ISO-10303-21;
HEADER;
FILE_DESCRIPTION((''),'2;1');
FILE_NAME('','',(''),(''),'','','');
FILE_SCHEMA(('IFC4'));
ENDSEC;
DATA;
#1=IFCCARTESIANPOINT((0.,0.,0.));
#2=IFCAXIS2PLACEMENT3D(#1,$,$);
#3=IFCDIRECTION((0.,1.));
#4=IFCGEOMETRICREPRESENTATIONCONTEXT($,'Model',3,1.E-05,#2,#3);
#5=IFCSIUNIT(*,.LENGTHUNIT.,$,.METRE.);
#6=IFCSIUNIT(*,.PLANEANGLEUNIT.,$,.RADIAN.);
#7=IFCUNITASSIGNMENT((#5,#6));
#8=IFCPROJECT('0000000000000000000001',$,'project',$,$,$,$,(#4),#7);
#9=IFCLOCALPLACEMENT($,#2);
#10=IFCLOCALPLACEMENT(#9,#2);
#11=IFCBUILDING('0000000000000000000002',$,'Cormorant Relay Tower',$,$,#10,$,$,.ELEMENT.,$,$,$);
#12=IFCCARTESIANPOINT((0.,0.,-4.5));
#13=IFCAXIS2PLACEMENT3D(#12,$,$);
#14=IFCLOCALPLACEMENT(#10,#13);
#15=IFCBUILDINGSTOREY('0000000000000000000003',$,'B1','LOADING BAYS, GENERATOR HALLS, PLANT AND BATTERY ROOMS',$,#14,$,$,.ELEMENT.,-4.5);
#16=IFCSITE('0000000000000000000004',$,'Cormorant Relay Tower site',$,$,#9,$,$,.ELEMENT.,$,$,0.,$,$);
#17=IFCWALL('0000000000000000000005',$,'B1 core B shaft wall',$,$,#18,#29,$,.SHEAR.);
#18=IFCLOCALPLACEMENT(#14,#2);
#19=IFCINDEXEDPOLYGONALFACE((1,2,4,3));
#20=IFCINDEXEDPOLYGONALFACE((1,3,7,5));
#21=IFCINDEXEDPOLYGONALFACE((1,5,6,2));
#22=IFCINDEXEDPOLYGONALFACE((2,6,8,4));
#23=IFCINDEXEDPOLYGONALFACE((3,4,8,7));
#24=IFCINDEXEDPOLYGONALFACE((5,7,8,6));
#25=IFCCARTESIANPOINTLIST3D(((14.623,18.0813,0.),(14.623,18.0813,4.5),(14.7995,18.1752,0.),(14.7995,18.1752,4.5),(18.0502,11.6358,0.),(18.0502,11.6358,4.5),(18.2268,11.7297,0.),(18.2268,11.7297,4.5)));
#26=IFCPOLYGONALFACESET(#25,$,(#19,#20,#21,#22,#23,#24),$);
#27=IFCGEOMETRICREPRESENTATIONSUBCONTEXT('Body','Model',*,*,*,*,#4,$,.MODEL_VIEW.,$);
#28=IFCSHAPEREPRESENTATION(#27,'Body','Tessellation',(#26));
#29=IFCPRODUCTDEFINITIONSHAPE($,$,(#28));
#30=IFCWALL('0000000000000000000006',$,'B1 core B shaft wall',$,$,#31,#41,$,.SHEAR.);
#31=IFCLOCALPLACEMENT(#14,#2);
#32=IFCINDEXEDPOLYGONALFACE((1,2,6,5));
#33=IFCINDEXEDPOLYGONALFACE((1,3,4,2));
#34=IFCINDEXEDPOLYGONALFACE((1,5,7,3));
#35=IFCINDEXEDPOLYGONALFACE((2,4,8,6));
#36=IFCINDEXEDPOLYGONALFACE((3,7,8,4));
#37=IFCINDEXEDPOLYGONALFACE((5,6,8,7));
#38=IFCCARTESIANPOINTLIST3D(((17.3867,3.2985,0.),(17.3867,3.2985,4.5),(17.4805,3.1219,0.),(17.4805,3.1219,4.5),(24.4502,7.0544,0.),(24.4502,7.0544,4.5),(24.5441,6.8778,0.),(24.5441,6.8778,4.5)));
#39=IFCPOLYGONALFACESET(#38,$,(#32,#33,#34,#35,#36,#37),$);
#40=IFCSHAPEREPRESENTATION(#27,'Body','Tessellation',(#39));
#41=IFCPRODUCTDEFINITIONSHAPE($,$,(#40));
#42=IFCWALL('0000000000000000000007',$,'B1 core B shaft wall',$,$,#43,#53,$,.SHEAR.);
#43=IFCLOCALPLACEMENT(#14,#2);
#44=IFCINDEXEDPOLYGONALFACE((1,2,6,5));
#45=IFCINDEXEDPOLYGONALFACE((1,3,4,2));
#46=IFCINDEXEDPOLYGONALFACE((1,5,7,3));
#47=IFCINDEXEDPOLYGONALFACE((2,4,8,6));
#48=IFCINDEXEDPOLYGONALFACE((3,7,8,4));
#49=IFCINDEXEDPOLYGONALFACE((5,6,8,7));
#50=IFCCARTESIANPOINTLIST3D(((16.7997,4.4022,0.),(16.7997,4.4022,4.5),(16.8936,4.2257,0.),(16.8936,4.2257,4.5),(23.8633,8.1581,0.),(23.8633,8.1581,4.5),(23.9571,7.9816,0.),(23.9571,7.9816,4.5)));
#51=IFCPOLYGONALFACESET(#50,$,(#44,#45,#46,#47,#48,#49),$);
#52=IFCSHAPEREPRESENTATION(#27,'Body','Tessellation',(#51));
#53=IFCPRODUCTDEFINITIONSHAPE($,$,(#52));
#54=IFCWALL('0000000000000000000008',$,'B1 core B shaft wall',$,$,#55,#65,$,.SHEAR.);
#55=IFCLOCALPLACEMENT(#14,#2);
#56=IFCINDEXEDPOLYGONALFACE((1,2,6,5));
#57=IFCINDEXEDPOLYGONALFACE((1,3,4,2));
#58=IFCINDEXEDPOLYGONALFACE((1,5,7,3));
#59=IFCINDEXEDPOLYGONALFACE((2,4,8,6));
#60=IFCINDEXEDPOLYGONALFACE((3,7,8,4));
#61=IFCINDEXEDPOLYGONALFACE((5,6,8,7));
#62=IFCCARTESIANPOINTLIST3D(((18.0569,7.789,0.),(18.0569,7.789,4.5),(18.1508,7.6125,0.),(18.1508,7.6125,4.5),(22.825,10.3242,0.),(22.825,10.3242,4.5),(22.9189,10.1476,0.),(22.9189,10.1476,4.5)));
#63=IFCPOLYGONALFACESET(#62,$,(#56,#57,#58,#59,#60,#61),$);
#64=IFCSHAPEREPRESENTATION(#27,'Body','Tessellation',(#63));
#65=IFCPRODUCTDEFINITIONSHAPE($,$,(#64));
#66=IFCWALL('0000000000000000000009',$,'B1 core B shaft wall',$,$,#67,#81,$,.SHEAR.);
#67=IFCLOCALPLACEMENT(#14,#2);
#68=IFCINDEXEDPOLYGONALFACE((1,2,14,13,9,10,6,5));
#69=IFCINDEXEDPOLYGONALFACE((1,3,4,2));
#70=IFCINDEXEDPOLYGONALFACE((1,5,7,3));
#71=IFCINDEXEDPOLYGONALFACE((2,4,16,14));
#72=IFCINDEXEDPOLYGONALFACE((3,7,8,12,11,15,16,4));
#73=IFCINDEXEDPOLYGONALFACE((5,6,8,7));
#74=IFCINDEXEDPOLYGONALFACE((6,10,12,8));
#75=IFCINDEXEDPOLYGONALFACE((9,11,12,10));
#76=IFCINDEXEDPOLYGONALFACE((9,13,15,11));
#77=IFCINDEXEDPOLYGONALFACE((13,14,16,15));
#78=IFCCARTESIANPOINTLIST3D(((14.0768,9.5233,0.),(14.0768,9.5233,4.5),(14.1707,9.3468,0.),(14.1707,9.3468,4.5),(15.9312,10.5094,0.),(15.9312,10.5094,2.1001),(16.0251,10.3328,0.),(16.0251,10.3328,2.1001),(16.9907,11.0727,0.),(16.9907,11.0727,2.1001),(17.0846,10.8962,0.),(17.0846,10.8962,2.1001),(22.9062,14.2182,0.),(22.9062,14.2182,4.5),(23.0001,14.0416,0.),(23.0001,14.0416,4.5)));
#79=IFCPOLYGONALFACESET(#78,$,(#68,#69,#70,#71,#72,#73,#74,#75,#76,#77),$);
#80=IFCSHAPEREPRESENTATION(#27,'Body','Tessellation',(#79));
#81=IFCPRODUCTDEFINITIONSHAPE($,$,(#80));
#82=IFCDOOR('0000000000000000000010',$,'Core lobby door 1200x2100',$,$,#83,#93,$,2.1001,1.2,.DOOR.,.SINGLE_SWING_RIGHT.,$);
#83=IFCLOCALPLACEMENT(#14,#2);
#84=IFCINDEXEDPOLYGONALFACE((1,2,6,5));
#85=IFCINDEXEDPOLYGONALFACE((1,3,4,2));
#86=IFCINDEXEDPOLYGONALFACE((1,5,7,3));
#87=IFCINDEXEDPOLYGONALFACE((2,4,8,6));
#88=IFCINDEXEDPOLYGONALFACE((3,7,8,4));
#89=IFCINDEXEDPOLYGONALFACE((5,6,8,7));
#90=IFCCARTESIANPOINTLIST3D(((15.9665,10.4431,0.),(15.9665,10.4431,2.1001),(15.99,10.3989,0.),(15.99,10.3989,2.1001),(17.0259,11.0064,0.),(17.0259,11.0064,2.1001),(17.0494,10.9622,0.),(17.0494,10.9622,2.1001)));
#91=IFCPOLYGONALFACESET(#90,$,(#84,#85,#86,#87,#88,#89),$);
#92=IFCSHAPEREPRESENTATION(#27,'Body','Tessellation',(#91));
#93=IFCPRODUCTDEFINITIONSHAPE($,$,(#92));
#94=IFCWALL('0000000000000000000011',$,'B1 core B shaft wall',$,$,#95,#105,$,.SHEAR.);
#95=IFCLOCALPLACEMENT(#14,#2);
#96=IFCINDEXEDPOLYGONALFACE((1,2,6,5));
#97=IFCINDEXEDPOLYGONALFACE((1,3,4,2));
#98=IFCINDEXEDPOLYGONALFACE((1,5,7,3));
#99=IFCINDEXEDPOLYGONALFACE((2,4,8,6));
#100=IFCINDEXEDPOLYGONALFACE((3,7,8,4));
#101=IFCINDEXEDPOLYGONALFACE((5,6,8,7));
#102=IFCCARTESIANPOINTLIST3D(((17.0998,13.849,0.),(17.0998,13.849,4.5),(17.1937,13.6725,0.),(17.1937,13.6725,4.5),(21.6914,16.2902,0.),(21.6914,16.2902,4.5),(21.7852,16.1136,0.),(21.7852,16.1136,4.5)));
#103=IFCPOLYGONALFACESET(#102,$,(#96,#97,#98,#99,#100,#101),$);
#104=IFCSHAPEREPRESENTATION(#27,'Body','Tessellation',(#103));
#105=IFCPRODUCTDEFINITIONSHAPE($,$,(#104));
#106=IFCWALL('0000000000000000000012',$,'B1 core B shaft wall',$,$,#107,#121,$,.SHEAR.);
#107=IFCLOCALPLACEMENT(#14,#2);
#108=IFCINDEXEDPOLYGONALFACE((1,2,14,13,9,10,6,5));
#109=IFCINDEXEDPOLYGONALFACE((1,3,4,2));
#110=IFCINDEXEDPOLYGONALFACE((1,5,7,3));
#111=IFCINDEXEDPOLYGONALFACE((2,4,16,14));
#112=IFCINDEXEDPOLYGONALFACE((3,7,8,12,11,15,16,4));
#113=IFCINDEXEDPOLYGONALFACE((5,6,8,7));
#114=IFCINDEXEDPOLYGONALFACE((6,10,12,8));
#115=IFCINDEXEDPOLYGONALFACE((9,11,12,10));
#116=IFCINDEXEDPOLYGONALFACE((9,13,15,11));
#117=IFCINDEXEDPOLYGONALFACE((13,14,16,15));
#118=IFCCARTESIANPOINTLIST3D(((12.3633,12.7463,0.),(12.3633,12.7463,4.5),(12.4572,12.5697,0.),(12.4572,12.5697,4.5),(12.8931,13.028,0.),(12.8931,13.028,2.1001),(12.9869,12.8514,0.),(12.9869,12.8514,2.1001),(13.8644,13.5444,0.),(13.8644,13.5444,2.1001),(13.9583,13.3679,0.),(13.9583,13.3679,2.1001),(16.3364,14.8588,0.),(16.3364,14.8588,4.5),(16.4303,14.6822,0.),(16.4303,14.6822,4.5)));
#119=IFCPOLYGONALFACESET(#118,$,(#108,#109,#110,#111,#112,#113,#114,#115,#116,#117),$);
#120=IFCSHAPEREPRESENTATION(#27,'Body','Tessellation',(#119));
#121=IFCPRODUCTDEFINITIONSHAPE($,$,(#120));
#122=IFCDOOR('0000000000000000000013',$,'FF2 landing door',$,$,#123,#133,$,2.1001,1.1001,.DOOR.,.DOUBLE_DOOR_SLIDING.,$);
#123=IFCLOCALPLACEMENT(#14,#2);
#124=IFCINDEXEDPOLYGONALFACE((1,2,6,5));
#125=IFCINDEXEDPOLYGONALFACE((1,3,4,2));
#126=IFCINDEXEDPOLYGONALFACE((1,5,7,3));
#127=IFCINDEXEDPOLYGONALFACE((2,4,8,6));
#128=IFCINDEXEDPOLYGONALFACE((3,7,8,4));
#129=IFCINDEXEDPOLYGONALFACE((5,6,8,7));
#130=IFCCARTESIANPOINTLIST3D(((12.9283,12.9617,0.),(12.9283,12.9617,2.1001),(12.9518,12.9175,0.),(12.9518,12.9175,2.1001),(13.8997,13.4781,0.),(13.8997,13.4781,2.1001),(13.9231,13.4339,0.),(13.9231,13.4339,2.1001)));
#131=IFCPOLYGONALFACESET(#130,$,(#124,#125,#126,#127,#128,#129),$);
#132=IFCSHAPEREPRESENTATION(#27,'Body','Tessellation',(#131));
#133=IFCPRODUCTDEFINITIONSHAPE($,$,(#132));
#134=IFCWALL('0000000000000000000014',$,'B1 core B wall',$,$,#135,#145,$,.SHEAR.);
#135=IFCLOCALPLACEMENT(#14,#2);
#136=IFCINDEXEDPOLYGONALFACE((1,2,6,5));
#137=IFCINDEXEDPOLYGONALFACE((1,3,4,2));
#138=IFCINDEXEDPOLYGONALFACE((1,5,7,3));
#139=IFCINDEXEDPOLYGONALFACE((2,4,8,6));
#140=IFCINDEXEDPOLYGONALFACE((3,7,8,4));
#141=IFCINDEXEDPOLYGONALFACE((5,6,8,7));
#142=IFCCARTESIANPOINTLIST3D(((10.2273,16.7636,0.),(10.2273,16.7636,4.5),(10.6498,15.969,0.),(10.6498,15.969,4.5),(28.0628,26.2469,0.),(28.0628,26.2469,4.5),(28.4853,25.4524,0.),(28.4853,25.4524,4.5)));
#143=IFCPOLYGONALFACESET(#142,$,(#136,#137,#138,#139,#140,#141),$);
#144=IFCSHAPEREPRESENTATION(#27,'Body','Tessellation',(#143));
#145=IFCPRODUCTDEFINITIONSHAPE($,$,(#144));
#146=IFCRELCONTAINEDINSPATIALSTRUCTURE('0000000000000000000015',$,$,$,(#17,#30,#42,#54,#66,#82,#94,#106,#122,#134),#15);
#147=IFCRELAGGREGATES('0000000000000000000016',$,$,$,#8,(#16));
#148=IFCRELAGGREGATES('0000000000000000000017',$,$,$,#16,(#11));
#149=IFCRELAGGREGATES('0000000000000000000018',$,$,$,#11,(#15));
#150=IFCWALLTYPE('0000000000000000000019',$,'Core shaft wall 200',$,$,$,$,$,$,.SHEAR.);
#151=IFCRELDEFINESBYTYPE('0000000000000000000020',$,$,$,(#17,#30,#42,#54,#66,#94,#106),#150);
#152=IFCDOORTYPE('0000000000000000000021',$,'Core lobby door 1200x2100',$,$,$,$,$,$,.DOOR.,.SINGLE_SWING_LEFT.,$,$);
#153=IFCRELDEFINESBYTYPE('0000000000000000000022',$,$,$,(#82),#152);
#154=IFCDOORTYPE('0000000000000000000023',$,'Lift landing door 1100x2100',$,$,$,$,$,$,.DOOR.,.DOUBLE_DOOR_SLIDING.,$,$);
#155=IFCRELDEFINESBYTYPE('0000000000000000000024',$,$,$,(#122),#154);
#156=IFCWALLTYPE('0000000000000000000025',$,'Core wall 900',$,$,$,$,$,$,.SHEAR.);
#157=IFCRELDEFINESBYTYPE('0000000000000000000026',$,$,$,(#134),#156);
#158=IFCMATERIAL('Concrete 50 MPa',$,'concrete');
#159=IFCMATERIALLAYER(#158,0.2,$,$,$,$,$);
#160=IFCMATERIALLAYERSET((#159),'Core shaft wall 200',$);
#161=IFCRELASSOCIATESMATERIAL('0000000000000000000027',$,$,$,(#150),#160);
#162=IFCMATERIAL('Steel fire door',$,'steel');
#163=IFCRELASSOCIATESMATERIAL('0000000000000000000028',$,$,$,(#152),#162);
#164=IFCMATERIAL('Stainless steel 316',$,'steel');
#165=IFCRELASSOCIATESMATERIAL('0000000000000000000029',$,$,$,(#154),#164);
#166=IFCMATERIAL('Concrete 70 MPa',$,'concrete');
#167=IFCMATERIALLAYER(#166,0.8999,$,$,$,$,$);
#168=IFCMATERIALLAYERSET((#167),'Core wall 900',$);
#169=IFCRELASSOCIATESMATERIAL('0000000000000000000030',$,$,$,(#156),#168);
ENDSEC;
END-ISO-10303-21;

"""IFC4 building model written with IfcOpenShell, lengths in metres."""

from ifc_helpers import new_model, si_unit, direction, frame, frame_2d, origin, place, context, subcontext, project, spatial, rectangle, extrude, material, layer, layer_set, type_object, element, fill, save


model = new_model("IFC4")

# Units and contexts
model_context = context("Model", 3, precision=1e-05, world=origin(), true_north=direction((0.0, 1.0)))
body_context = subcontext(model_context, "Body", "Model", "MODEL_VIEW")
ifc_project = project(units=[si_unit("LENGTHUNIT", "METRE"), si_unit("PLANEANGLEUNIT", "RADIAN")], contexts=[model_context])

# Site, building, storey
site_placement = place(None, origin())
site = spatial("IfcSite", under=ifc_project, at=site_placement, Name="Cormorant Relay Tower site", CompositionType="ELEMENT", RefElevation=0.0)
building_placement = place(site_placement, origin())
building = spatial("IfcBuilding", under=site, at=building_placement, Name="Cormorant Relay Tower", CompositionType="ELEMENT")
storey_placement = place(building_placement, frame((0.0, 0.0, -4.5)))
storey = spatial("IfcBuildingStorey", under=building, at=storey_placement, Name="B1", Description="LOADING BAYS, GENERATOR HALLS, PLANT AND BATTERY ROOMS", CompositionType="ELEMENT", Elevation=-4.5)

# Walls
ifc_material_1 = material(Name="Concrete 50 MPa", Category="concrete")
ifc_layer_1 = layer(ifc_material_1, 0.2)
ifc_layer_set_1 = layer_set([ifc_layer_1], Name="Core shaft wall 200")
wall_type_1 = type_object("IfcWallType", Name="Core shaft wall 200", PredefinedType="SHEAR", material=ifc_layer_set_1)
wall_1_placement = place(storey_placement, frame((18.1384, 11.6829, 0.0), z_axis=(0.0, 0.0, 1.0), x_axis=(-0.46948, 0.882943, 0.0)))
element("IfcWall", 1, at=wall_1_placement, inside=storey, type_object=wall_type_1, Name="B1 core B shaft wall", PredefinedType="SHEAR", context=body_context, shape_type="SweptSolid", body=[
    extrude(rectangle(XDim=7.3, YDim=0.2, at=frame_2d((3.6499, 0.0))), origin(), (0.0, 0.0, 1.0), 4.5),
])
for number, where, z_axis, x_axis, name in (
    (2, (17.4336, 3.2102, 0.0), (0.0, 0.0, 1.0), (0.88294, 0.469485, 0.0), "B1 core B shaft wall"),
    (3, (16.8467, 4.314, 0.0), (0.0, 0.0, 1.0), (0.88294, 0.469485, 0.0), "B1 core B shaft wall"),
):
    element("IfcWall", number, at=place(storey_placement, frame(where, z_axis=z_axis, x_axis=x_axis)), inside=storey, type_object=wall_type_1, Name=name, PredefinedType="SHEAR", context=body_context, shape_type="SweptSolid", body=[
        extrude(rectangle(XDim=8.0, YDim=0.2, at=frame_2d((4.0, 0.0))), origin(), (0.0, 0.0, 1.0), 4.5),
    ])
wall_2_placement = place(storey_placement, frame((18.1038, 7.7007, 0.0), z_axis=(0.0, 0.0, 1.0), x_axis=(0.882953, 0.469462, 0.0)))
element("IfcWall", 4, at=wall_2_placement, inside=storey, type_object=wall_type_1, Name="B1 core B shaft wall", PredefinedType="SHEAR", context=body_context, shape_type="SweptSolid", body=[
    extrude(rectangle(XDim=5.4001, YDim=0.2, at=frame_2d((2.7002, 0.0))), origin(), (0.0, 0.0, 1.0), 4.5),
])

# Wall, opening, door
wall_3_placement = place(storey_placement, frame((14.1238, 9.4351, 0.0), z_axis=(0.0, 0.0, 1.0), x_axis=(0.88294, 0.469485, 0.0)))
wall_3 = element("IfcWall", 5, at=wall_3_placement, inside=storey, type_object=wall_type_1, Name="B1 core B shaft wall", PredefinedType="SHEAR", context=body_context, shape_type="SweptSolid", body=[
    extrude(rectangle(XDim=10.0, YDim=0.2, at=frame_2d((5.0, 0.0))), origin(), (0.0, 0.0, 1.0), 4.5),
])
opening_1_placement = place(wall_3_placement, frame((2.1001, 0.0, 0.0)))
opening_1 = element("IfcOpeningElement", 6, at=opening_1_placement, cuts=wall_3, PredefinedType="OPENING", context=body_context, shape_type="SweptSolid", body=[
    extrude(rectangle(XDim=1.2, YDim=2.1001, at=frame_2d((0.6001, 1.05))), frame((0.0, 0.1099, 0.0), z_axis=(0.0, -1.0, 0.0), x_axis=(1.0, 0.0, 0.0)), (0.0, 0.0, 1.0), 0.22),
])
ifc_material_2 = material(Name="Steel fire door", Category="steel")
door_type_1 = type_object("IfcDoorType", Name="Core lobby door 1200x2100", OperationType="SINGLE_SWING_LEFT", PredefinedType="DOOR", material=ifc_material_2)
door_1_placement = place(opening_1_placement, origin())
door_1 = element("IfcDoor", 7, at=door_1_placement, inside=storey, type_object=door_type_1, Name="Core lobby door 1200x2100", OperationType="SINGLE_SWING_RIGHT", OverallHeight=2.1001, OverallWidth=1.2, PredefinedType="DOOR", context=body_context, shape_type="SweptSolid", body=[
    extrude(rectangle(XDim=1.2, YDim=2.1001, at=frame_2d((0.6001, 1.05))), frame((0.0, 0.0249, 0.0), z_axis=(0.0, -1.0, 0.0), x_axis=(1.0, 0.0, 0.0)), (0.0, 0.0, 1.0), 0.05),
])
fill(opening_1, door_1)

# Wall
wall_4_placement = place(storey_placement, frame((17.1467, 13.7607, 0.0), z_axis=(0.0, 0.0, 1.0), x_axis=(0.882964, 0.46944, 0.0)))
element("IfcWall", 8, at=wall_4_placement, inside=storey, type_object=wall_type_1, Name="B1 core B shaft wall", PredefinedType="SHEAR", context=body_context, shape_type="SweptSolid", body=[
    extrude(rectangle(XDim=5.2002, YDim=0.2, at=frame_2d((2.6001, 0.0))), origin(), (0.0, 0.0, 1.0), 4.5),
])

# Wall, opening, door
wall_5_placement = place(storey_placement, frame((12.4102, 12.658, 0.0), z_axis=(0.0, 0.0, 1.0), x_axis=(0.882948, 0.46947, 0.0)))
wall_5 = element("IfcWall", 9, at=wall_5_placement, inside=storey, type_object=wall_type_1, Name="B1 core B shaft wall", PredefinedType="SHEAR", context=body_context, shape_type="SweptSolid", body=[
    extrude(rectangle(XDim=4.4998, YDim=0.2, at=frame_2d((2.25, 0.0))), origin(), (0.0, 0.0, 1.0), 4.5),
])
opening_2_placement = place(wall_5_placement, frame((0.6001, 0.0, 0.0)))
opening_2 = element("IfcOpeningElement", 10, at=opening_2_placement, cuts=wall_5, PredefinedType="OPENING", context=body_context, shape_type="SweptSolid", body=[
    extrude(rectangle(XDim=1.1001, YDim=2.1001, at=frame_2d((0.55, 1.05))), frame((0.0, 0.1099, 0.0), z_axis=(0.0, -1.0, 0.0), x_axis=(1.0, 0.0, 0.0)), (0.0, 0.0, 1.0), 0.22),
])
ifc_material_3 = material(Name="Stainless steel 316", Category="steel")
door_type_2 = type_object("IfcDoorType", Name="Lift landing door 1100x2100", OperationType="DOUBLE_DOOR_SLIDING", PredefinedType="DOOR", material=ifc_material_3)
door_2_placement = place(opening_2_placement, origin())
door_2 = element("IfcDoor", 11, at=door_2_placement, inside=storey, type_object=door_type_2, Name="FF2 landing door", OperationType="DOUBLE_DOOR_SLIDING", OverallHeight=2.1001, OverallWidth=1.1001, PredefinedType="DOOR", context=body_context, shape_type="SweptSolid", body=[
    extrude(rectangle(XDim=1.1001, YDim=2.1001, at=frame_2d((0.55, 1.05))), frame((0.0, 0.0249, 0.0), z_axis=(0.0, -1.0, 0.0), x_axis=(1.0, 0.0, 0.0)), (0.0, 0.0, 1.0), 0.05),
])
fill(opening_2, door_2)

# Wall
ifc_material_4 = material(Name="Concrete 70 MPa", Category="concrete")
ifc_layer_2 = layer(ifc_material_4, 0.8999)
ifc_layer_set_2 = layer_set([ifc_layer_2], Name="Core wall 900")
wall_type_2 = type_object("IfcWallType", Name="Core wall 900", PredefinedType="SHEAR", material=ifc_layer_set_2)
wall_6_placement = place(storey_placement, frame((10.4385, 16.3662, 0.0), z_axis=(0.0, 0.0, 1.0), x_axis=(0.882945, 0.469476, 0.0)))
element("IfcWall", 12, at=wall_6_placement, inside=storey, type_object=wall_type_2, Name="B1 core B wall", PredefinedType="SHEAR", context=body_context, shape_type="SweptSolid", body=[
    extrude(rectangle(XDim=20.2, YDim=0.8999, at=frame_2d((10.1001, 0.0))), origin(), (0.0, 0.0, 1.0), 4.5),
])

save(model, "model.ifc")
